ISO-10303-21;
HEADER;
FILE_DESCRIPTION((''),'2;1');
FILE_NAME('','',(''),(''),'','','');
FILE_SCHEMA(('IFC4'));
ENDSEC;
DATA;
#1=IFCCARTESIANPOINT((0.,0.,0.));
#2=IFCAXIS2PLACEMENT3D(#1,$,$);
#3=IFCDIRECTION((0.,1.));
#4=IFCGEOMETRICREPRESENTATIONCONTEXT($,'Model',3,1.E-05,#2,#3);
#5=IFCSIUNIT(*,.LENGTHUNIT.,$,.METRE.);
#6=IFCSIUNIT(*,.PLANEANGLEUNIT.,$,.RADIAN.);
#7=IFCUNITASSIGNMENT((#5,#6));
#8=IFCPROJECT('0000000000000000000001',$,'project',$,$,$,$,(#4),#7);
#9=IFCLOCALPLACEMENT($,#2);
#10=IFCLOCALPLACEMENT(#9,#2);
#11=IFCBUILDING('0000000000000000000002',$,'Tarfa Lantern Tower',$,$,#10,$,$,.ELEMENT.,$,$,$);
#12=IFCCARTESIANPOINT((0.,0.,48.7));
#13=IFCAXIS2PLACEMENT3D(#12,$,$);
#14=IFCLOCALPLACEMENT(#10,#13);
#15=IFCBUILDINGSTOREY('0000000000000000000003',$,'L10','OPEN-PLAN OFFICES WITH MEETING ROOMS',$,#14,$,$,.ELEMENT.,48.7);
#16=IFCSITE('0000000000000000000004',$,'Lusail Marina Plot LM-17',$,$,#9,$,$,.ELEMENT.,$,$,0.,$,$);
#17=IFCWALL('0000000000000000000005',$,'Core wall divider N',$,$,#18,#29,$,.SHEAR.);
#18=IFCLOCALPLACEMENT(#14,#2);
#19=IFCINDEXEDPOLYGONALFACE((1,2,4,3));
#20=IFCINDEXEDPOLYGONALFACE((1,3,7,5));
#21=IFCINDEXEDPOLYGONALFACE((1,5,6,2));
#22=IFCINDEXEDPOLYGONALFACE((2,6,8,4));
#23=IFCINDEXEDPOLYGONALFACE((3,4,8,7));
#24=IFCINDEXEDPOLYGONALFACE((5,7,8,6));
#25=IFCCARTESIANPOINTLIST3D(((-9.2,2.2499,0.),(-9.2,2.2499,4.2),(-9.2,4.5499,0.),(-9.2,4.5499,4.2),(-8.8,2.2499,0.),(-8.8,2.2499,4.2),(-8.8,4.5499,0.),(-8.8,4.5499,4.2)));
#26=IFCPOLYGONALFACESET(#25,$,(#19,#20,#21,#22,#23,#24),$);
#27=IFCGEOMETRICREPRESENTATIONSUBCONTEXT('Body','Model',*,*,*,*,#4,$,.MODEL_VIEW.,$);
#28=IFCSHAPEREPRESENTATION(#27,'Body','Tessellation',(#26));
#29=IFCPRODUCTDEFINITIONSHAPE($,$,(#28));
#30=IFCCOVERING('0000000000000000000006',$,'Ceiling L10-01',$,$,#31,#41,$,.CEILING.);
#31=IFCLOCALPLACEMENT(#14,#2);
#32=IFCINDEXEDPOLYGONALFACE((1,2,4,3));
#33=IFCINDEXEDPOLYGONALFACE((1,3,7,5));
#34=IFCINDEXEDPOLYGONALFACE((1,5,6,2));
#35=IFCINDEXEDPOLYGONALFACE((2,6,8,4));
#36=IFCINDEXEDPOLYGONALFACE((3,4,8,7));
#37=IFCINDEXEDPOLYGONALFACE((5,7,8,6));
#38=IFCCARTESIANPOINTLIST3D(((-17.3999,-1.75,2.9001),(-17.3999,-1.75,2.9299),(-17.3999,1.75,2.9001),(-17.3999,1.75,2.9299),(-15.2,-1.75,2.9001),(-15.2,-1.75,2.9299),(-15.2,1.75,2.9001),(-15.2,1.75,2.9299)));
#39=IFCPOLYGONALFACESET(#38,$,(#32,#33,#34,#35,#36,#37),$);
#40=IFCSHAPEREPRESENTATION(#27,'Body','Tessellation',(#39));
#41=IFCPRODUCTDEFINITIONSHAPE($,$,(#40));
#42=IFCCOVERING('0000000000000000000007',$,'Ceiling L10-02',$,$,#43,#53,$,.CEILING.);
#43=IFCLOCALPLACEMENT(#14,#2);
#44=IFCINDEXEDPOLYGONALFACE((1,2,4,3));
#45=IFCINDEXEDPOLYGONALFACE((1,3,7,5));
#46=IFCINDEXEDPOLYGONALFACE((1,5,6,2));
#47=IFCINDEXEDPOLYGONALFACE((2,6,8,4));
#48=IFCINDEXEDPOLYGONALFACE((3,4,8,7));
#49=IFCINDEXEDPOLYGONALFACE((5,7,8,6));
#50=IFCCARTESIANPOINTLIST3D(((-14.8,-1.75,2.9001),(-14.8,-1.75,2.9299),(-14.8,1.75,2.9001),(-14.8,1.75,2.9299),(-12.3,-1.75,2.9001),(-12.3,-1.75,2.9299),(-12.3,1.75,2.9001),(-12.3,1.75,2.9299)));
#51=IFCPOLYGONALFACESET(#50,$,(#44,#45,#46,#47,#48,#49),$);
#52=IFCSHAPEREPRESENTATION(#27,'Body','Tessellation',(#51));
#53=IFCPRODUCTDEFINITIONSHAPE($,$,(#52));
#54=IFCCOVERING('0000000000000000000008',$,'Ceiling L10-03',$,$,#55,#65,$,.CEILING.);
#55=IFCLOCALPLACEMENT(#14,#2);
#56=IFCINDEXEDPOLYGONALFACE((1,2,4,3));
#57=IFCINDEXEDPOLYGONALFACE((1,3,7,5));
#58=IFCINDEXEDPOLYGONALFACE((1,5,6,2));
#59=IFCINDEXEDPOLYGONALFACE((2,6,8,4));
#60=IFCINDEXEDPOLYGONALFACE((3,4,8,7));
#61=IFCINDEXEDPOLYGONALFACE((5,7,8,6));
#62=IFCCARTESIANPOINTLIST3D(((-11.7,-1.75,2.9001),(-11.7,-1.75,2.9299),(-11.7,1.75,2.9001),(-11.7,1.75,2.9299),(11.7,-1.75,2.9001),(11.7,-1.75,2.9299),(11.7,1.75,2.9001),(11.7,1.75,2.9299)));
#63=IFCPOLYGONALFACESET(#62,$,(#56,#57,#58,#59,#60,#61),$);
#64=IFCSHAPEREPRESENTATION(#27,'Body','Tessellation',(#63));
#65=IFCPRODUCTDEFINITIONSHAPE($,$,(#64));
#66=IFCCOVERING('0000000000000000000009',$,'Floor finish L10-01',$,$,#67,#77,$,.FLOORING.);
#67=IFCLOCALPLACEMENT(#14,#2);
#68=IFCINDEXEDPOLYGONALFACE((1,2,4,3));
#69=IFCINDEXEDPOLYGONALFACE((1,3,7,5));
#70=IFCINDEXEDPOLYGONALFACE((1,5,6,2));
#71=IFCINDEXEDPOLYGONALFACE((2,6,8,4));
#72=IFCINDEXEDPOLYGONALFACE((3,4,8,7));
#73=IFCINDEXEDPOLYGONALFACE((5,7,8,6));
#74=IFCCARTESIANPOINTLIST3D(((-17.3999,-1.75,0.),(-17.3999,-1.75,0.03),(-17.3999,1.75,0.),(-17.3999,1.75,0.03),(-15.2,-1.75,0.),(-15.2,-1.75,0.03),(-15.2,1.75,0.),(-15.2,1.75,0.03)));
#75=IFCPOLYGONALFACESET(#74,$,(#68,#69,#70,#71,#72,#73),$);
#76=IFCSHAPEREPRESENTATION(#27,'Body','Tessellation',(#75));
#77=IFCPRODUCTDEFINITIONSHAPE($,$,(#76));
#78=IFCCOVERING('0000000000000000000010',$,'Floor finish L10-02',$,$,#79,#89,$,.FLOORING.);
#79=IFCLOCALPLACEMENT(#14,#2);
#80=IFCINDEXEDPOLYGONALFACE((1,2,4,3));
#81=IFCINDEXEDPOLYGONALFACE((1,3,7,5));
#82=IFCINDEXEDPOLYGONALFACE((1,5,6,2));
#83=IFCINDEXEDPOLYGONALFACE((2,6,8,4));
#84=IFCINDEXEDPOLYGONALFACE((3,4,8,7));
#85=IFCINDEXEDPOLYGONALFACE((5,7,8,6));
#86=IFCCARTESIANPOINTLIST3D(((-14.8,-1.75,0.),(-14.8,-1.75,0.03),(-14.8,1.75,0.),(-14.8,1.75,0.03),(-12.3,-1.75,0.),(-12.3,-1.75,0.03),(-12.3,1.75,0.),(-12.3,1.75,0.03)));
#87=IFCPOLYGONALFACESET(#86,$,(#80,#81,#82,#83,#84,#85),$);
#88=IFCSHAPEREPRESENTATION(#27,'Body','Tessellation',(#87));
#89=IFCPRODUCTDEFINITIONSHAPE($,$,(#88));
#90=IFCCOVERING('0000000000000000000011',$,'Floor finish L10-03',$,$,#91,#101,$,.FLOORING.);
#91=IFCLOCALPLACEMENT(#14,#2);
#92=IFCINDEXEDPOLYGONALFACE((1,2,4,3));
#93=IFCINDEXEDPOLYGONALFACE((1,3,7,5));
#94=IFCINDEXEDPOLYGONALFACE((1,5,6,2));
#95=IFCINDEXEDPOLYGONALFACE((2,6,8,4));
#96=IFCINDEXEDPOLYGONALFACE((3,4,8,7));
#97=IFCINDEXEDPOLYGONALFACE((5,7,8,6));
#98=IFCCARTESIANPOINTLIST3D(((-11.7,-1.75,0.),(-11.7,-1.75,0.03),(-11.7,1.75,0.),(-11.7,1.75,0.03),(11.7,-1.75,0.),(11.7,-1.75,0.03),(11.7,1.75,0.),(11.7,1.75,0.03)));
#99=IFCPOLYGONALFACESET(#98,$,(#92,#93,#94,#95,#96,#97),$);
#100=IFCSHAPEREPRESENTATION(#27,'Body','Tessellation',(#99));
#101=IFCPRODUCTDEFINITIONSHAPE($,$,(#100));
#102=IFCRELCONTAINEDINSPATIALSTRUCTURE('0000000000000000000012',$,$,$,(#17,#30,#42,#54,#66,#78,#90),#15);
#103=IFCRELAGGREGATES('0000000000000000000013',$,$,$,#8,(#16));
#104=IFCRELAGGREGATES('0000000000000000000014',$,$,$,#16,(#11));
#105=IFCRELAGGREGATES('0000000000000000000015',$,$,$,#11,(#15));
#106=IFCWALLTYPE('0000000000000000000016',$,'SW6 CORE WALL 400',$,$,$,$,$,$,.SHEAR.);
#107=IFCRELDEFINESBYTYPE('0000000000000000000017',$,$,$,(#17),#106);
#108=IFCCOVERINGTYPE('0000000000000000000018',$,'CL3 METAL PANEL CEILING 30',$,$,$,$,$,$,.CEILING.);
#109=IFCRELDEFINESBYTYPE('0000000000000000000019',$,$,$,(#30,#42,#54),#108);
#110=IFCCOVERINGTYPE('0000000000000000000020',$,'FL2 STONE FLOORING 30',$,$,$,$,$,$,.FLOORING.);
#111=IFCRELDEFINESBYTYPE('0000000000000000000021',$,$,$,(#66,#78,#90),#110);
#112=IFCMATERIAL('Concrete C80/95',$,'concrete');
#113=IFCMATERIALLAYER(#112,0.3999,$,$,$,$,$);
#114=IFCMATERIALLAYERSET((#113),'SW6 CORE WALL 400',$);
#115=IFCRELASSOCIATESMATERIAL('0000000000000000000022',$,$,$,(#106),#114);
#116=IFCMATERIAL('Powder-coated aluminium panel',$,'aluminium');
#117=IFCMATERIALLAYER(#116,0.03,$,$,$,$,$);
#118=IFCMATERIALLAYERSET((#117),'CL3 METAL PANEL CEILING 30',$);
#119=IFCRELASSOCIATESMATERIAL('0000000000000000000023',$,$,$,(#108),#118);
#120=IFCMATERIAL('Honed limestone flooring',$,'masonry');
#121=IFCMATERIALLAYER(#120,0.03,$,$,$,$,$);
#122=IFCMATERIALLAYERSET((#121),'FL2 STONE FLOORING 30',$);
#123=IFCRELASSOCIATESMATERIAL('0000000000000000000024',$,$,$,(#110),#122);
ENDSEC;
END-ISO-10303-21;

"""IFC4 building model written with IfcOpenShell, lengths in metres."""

from ifc_helpers import new_model, si_unit, direction, frame, frame_2d, origin, place, context, subcontext, project, spatial, polyline, rectangle, outline, extrude, material, layer, layer_set, type_object, element, save


model = new_model("IFC4")

# Units and contexts
model_context = context("Model", 3, precision=1e-05, world=origin(), true_north=direction((0.0, 1.0)))
body_context = subcontext(model_context, "Body", "Model", "MODEL_VIEW")
ifc_project = project(units=[si_unit("LENGTHUNIT", "METRE"), si_unit("PLANEANGLEUNIT", "RADIAN")], contexts=[model_context])

# Site, building, storey
site_placement = place(None, origin())
site = spatial("IfcSite", under=ifc_project, at=site_placement, Name="Lusail Marina Plot LM-17", CompositionType="ELEMENT", RefElevation=0.0)
building_placement = place(site_placement, origin())
building = spatial("IfcBuilding", under=site, at=building_placement, Name="Tarfa Lantern Tower", CompositionType="ELEMENT")
storey_placement = place(building_placement, frame((0.0, 0.0, 48.7)))
storey = spatial("IfcBuildingStorey", under=building, at=storey_placement, Name="L10", Description="OPEN-PLAN OFFICES WITH MEETING ROOMS", CompositionType="ELEMENT", Elevation=48.7)

# Shared definitions
ifc_material_1 = material(Name="Concrete C80/95", Category="concrete")

# Wall
ifc_layer_1 = layer(ifc_material_1, 0.3999)
ifc_layer_set_1 = layer_set([ifc_layer_1], Name="SW6 CORE WALL 400")
wall_type_1 = type_object("IfcWallType", Name="SW6 CORE WALL 400", PredefinedType="SHEAR", material=ifc_layer_set_1)
wall_1_placement = place(storey_placement, frame((-9.0, 2.25, 0.0), z_axis=(0.0, 0.0, 1.0), x_axis=(0.0, 1.0, 0.0)))
element("IfcWall", 1, at=wall_1_placement, inside=storey, type_object=wall_type_1, Name="Core wall divider N", PredefinedType="SHEAR", context=body_context, shape_type="SweptSolid", body=[
    extrude(rectangle(XDim=2.3, YDim=0.3999, at=frame_2d((1.1499, 0.0))), origin(), (0.0, 0.0, 1.0), 4.2),
])

# Coverings
ifc_material_2 = material(Name="Powder-coated aluminium panel", Category="aluminium")
ifc_layer_2 = layer(ifc_material_2, 0.03)
ifc_layer_set_2 = layer_set([ifc_layer_2], Name="CL3 METAL PANEL CEILING 30")
covering_type_1 = type_object("IfcCoveringType", Name="CL3 METAL PANEL CEILING 30", PredefinedType="CEILING", material=ifc_layer_set_2)
covering_1_placement = place(storey_placement, frame((0.0, 0.0, 2.9001)))
element("IfcCovering", 2, at=covering_1_placement, inside=storey, type_object=covering_type_1, Name="Ceiling L10-01", PredefinedType="CEILING", context=body_context, shape_type="SweptSolid", body=[
    extrude(outline(polyline([(-17.3999, -1.75), (-15.2, -1.75), (-15.2, 1.75), (-17.3999, 1.75), (-17.3999, -1.75)])), origin(), (0.0, 0.0, 1.0), 0.0298),
])
covering_2_placement = place(storey_placement, frame((0.0, 0.0, 2.9001)))
element("IfcCovering", 3, at=covering_2_placement, inside=storey, type_object=covering_type_1, Name="Ceiling L10-02", PredefinedType="CEILING", context=body_context, shape_type="SweptSolid", body=[
    extrude(outline(polyline([(-14.8, -1.75), (-12.3, -1.75), (-12.3, 1.75), (-14.8, 1.75), (-14.8, -1.75)])), origin(), (0.0, 0.0, 1.0), 0.0298),
])
covering_3_placement = place(storey_placement, frame((0.0, 0.0, 2.9001)))
element("IfcCovering", 4, at=covering_3_placement, inside=storey, type_object=covering_type_1, Name="Ceiling L10-03", PredefinedType="CEILING", context=body_context, shape_type="SweptSolid", body=[
    extrude(outline(polyline([(-11.7, -1.75), (11.7, -1.75), (11.7, 1.75), (-11.7, 1.75), (-11.7, -1.75)])), origin(), (0.0, 0.0, 1.0), 0.0298),
])
ifc_material_3 = material(Name="Honed limestone flooring", Category="masonry")
ifc_layer_3 = layer(ifc_material_3, 0.03)
ifc_layer_set_3 = layer_set([ifc_layer_3], Name="FL2 STONE FLOORING 30")
covering_type_2 = type_object("IfcCoveringType", Name="FL2 STONE FLOORING 30", PredefinedType="FLOORING", material=ifc_layer_set_3)
covering_4_placement = place(storey_placement, origin())
element("IfcCovering", 5, at=covering_4_placement, inside=storey, type_object=covering_type_2, Name="Floor finish L10-01", PredefinedType="FLOORING", context=body_context, shape_type="SweptSolid", body=[
    extrude(outline(polyline([(-17.3999, -1.75), (-15.2, -1.75), (-15.2, 1.75), (-17.3999, 1.75), (-17.3999, -1.75)])), origin(), (0.0, 0.0, 1.0), 0.03),
])
covering_5_placement = place(storey_placement, origin())
element("IfcCovering", 6, at=covering_5_placement, inside=storey, type_object=covering_type_2, Name="Floor finish L10-02", PredefinedType="FLOORING", context=body_context, shape_type="SweptSolid", body=[
    extrude(outline(polyline([(-14.8, -1.75), (-12.3, -1.75), (-12.3, 1.75), (-14.8, 1.75), (-14.8, -1.75)])), origin(), (0.0, 0.0, 1.0), 0.03),
])
covering_6_placement = place(storey_placement, origin())
element("IfcCovering", 7, at=covering_6_placement, inside=storey, type_object=covering_type_2, Name="Floor finish L10-03", PredefinedType="FLOORING", context=body_context, shape_type="SweptSolid", body=[
    extrude(outline(polyline([(-11.7, -1.75), (11.7, -1.75), (11.7, 1.75), (-11.7, 1.75), (-11.7, -1.75)])), origin(), (0.0, 0.0, 1.0), 0.03),
])

save(model, "model.ifc")
